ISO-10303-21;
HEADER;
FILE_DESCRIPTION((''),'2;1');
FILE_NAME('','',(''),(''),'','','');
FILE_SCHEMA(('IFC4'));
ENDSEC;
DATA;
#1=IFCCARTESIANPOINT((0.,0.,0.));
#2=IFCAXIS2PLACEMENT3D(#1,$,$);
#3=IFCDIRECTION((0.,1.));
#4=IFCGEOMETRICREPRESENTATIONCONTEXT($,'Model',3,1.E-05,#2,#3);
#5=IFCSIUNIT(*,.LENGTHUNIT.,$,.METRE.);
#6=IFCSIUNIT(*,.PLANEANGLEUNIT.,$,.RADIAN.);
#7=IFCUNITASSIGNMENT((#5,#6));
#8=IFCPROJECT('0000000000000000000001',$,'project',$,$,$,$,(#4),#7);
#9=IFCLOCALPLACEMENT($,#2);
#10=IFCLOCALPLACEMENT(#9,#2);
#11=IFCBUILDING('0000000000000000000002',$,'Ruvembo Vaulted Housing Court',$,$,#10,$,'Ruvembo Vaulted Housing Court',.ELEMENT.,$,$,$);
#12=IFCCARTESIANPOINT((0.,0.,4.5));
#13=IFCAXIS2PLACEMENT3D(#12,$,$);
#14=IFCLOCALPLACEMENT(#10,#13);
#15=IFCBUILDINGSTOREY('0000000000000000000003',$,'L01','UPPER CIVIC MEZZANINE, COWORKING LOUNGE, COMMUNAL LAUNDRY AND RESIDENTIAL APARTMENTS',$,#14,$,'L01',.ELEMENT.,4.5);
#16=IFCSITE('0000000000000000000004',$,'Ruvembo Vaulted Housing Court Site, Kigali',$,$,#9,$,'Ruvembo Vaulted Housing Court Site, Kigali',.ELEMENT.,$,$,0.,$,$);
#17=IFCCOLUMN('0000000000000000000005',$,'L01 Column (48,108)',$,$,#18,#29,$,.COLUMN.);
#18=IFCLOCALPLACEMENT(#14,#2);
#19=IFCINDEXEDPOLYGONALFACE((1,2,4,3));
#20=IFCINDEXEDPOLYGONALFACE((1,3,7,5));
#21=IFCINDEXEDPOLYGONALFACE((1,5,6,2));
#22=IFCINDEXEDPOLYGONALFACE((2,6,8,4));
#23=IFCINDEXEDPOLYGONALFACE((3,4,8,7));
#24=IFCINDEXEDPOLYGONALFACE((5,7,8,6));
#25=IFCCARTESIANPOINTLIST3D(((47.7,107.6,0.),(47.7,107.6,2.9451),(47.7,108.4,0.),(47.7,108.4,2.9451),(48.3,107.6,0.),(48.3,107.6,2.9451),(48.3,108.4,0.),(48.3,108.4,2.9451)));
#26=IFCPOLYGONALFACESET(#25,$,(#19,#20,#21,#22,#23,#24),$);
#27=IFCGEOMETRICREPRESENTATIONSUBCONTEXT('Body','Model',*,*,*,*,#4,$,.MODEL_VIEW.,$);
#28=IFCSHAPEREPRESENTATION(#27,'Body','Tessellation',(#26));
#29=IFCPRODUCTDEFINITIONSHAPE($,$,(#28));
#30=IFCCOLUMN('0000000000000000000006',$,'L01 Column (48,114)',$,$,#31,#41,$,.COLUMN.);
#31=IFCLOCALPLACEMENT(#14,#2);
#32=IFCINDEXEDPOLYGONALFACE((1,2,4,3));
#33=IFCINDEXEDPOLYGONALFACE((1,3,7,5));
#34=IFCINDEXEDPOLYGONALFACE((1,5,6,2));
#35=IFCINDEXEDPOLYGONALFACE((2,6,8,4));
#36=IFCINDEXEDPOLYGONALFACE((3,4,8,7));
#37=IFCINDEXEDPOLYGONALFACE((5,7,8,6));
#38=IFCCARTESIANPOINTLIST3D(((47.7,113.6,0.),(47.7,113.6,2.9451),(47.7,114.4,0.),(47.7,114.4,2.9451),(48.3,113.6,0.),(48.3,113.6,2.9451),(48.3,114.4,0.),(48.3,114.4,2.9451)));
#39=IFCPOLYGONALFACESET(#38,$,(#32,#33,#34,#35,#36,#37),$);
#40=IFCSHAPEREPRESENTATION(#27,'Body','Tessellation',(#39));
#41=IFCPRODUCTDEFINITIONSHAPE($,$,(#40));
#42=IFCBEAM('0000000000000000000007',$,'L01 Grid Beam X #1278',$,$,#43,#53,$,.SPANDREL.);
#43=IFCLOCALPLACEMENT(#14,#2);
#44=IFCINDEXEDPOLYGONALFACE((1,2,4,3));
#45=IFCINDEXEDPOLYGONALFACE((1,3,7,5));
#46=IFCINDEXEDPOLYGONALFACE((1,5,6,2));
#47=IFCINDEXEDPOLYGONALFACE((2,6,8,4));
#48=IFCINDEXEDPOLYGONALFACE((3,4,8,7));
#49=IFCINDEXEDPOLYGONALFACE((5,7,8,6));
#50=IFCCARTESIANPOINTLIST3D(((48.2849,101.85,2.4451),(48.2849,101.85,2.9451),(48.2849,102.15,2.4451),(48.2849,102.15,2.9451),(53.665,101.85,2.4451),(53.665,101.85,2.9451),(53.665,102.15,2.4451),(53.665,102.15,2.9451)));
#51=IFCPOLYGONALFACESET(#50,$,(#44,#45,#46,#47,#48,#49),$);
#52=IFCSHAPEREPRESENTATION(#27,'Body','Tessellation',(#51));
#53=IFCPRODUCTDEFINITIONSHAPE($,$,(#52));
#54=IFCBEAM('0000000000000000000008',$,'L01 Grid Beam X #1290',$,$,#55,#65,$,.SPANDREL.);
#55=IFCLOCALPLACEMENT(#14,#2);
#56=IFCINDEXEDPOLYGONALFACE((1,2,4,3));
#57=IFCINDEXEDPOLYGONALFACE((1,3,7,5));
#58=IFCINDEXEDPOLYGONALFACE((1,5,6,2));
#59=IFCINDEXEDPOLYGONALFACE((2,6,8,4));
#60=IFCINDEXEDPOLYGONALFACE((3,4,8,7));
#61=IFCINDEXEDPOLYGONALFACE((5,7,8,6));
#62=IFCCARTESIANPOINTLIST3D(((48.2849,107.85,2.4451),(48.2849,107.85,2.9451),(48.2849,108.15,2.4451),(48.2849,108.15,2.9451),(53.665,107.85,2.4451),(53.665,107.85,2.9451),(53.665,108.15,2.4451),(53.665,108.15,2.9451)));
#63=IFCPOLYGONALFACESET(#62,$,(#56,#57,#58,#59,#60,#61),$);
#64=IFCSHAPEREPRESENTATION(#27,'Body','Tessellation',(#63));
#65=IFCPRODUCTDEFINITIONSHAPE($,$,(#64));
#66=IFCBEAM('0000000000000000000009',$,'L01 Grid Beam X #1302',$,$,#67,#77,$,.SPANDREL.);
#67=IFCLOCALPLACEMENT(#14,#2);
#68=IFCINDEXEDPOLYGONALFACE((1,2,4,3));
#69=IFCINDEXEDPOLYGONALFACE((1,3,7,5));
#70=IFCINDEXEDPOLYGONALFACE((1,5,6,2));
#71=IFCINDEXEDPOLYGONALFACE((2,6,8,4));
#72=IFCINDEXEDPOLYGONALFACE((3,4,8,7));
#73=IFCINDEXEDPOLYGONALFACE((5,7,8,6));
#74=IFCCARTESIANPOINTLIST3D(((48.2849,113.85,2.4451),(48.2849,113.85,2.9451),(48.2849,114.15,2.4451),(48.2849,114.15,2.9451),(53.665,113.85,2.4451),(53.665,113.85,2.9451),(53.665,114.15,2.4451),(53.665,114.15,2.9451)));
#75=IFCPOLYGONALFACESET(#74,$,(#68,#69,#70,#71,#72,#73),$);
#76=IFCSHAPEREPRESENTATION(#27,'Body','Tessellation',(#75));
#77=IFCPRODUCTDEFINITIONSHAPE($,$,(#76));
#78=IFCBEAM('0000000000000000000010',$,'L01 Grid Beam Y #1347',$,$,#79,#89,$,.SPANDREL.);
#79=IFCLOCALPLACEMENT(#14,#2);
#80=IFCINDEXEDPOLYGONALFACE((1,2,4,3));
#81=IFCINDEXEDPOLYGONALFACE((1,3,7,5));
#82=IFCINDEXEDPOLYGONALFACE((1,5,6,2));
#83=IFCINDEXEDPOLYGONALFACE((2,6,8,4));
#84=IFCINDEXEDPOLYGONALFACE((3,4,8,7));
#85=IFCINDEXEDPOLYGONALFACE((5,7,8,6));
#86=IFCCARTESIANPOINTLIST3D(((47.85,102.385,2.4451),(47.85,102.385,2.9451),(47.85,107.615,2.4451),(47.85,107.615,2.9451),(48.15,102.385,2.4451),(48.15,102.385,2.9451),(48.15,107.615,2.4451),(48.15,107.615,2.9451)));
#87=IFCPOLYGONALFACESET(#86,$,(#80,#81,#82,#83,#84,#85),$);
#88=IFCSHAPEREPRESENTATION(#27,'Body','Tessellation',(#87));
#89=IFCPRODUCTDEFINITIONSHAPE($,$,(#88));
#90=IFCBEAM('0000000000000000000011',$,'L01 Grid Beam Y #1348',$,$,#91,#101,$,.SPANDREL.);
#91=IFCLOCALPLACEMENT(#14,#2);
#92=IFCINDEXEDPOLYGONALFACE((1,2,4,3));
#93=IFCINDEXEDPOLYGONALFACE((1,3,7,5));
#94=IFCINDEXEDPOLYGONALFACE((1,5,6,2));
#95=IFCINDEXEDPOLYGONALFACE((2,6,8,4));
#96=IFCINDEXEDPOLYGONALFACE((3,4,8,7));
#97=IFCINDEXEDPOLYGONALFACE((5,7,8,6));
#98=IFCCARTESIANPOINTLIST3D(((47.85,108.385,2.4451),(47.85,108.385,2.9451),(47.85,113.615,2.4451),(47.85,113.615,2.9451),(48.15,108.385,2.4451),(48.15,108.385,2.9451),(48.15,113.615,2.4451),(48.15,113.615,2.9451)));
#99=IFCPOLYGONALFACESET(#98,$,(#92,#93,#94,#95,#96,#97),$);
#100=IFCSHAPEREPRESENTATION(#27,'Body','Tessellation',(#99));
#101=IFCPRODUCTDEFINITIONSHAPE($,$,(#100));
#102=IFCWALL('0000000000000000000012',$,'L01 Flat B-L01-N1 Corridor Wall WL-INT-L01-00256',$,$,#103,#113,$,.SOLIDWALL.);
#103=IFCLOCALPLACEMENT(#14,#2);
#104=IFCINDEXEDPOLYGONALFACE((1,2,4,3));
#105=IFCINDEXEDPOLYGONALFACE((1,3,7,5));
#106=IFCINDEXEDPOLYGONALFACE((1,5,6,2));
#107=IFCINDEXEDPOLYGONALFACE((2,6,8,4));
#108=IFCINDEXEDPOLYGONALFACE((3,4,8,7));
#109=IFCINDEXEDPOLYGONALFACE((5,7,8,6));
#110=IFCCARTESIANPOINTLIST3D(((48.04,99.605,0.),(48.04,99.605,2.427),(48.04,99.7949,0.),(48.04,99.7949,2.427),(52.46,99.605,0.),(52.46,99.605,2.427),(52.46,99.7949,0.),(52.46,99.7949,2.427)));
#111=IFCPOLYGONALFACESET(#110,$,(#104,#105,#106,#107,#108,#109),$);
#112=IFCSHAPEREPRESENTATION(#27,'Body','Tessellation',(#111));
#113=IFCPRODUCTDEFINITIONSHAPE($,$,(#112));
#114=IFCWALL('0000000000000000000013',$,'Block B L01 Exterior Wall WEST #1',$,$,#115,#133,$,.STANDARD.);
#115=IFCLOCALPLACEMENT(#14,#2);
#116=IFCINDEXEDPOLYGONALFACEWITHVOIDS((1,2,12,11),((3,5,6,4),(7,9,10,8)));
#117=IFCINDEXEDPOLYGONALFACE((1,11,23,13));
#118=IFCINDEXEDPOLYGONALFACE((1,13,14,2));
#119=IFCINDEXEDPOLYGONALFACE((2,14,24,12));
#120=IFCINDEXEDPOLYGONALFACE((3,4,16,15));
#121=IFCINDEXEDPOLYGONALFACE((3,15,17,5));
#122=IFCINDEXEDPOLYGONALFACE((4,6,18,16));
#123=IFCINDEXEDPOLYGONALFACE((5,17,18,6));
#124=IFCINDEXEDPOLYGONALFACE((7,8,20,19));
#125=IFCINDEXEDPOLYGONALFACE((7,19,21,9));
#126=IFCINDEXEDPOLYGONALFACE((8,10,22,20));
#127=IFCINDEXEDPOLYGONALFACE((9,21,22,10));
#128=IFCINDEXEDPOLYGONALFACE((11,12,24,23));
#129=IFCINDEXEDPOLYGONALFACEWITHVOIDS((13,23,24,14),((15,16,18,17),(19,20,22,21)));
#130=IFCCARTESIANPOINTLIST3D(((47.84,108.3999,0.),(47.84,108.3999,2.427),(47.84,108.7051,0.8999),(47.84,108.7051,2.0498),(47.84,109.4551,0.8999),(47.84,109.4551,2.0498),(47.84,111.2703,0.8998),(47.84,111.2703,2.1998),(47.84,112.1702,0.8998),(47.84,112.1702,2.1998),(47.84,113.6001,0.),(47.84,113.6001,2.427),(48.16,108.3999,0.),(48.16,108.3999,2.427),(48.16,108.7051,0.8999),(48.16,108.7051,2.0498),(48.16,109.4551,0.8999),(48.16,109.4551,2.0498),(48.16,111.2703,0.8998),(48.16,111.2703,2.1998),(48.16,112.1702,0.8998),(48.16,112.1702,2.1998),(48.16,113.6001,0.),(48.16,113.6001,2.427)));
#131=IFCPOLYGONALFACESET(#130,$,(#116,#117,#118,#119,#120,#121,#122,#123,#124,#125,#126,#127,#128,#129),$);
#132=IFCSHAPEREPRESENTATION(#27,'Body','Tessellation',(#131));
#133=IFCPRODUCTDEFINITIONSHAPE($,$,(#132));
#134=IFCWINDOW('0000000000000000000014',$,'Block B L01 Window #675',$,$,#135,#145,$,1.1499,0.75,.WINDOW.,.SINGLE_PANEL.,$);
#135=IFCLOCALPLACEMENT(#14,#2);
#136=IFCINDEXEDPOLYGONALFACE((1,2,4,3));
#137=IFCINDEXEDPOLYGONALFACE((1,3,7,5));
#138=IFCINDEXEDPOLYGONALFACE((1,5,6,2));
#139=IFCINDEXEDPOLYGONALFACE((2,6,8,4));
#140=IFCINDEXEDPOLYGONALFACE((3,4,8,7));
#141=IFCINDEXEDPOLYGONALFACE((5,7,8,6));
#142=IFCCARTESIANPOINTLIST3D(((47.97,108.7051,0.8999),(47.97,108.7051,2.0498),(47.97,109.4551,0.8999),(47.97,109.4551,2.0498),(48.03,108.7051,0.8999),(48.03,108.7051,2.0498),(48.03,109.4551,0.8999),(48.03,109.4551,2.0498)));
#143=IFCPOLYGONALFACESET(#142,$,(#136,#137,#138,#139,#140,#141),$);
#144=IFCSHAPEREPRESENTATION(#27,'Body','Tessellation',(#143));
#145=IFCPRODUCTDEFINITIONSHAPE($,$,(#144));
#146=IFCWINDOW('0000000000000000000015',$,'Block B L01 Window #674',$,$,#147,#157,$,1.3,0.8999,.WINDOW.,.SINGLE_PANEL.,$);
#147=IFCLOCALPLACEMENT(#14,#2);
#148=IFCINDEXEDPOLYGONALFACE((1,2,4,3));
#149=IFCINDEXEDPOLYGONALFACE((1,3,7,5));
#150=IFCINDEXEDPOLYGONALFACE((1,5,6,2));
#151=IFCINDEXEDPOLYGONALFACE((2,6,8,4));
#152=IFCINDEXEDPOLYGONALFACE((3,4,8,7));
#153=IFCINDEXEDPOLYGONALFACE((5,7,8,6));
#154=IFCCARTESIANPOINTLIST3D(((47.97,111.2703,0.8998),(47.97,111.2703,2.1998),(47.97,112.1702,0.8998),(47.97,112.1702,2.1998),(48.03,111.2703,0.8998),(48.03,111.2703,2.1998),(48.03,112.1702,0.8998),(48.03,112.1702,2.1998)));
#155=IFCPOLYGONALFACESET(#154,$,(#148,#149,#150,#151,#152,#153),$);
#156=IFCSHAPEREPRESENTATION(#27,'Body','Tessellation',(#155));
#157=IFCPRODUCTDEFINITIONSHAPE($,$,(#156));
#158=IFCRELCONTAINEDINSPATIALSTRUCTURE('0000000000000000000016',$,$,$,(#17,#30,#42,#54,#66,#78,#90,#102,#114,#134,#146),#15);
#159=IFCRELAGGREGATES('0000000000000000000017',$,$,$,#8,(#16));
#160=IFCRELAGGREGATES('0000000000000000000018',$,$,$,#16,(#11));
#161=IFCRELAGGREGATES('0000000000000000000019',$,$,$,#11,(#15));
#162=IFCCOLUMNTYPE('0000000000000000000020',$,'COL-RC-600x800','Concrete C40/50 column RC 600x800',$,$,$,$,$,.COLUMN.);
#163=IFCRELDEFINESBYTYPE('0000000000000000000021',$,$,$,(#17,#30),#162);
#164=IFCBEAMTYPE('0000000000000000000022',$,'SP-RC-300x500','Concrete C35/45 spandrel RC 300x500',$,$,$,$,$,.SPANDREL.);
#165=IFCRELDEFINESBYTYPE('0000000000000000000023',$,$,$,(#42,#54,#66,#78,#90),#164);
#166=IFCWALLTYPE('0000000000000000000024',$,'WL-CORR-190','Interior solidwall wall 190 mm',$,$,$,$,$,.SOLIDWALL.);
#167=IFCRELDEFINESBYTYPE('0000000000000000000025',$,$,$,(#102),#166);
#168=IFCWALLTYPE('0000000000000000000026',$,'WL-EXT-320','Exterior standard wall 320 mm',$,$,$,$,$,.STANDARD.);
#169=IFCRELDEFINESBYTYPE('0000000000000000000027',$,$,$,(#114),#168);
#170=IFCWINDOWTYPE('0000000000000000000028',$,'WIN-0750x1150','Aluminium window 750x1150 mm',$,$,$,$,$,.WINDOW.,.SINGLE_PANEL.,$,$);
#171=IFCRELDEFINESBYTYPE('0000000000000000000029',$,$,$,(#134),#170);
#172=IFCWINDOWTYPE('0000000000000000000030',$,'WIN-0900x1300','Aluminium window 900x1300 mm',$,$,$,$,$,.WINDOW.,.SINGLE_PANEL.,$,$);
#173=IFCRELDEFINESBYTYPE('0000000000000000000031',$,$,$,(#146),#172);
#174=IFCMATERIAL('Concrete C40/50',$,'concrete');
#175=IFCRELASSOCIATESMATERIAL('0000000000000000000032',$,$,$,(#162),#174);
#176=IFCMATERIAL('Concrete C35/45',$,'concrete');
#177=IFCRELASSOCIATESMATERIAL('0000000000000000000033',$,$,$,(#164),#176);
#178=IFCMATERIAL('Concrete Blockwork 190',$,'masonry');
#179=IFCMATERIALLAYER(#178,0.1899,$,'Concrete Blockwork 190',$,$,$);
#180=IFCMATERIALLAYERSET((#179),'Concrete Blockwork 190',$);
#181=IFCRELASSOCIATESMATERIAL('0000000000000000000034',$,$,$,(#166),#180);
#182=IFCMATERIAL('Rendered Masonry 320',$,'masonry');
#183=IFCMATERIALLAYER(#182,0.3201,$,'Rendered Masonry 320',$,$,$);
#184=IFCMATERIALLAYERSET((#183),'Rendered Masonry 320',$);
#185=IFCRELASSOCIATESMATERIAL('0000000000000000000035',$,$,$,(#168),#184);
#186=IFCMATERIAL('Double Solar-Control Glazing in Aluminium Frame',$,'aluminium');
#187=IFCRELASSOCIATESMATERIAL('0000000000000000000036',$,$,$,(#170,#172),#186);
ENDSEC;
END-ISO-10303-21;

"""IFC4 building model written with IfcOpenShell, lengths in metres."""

from ifc_helpers import new_model, si_unit, direction, frame, frame_2d, origin, origin_2d, place, context, subcontext, project, spatial, rectangle, extrude, material, layer, layer_set, material_profile, profile_set, type_object, element, fill, save


model = new_model("IFC4")

# Units and contexts
model_context = context("Model", 3, precision=1e-05, world=origin(), true_north=direction((0.0, 1.0)))
body_context = subcontext(model_context, "Body", "Model", "MODEL_VIEW")
ifc_project = project(units=[si_unit("LENGTHUNIT", "METRE"), si_unit("PLANEANGLEUNIT", "RADIAN")], contexts=[model_context])

# Site, building, storey
site_placement = place(None, origin())
site = spatial("IfcSite", under=ifc_project, at=site_placement, Name="Ruvembo Vaulted Housing Court Site, Kigali", LongName="Ruvembo Vaulted Housing Court Site, Kigali", CompositionType="ELEMENT", RefElevation=0.0)
building_placement = place(site_placement, origin())
building = spatial("IfcBuilding", under=site, at=building_placement, Name="Ruvembo Vaulted Housing Court", LongName="Ruvembo Vaulted Housing Court", CompositionType="ELEMENT")
storey_placement = place(building_placement, frame((0.0, 0.0, 4.5)))
storey = spatial("IfcBuildingStorey", under=building, at=storey_placement, Name="L01", Description="UPPER CIVIC MEZZANINE, COWORKING LOUNGE, COMMUNAL LAUNDRY AND RESIDENTIAL APARTMENTS", LongName="L01", CompositionType="ELEMENT", Elevation=4.5)

# Columns
ifc_material_1 = material(Name="Concrete C40/50", Category="concrete")
ifc_material_profile_1 = material_profile(ifc_material_1, rectangle(XDim=0.6001, YDim=0.8, at=origin_2d()), Name="RC 600x800")
ifc_profile_set_1 = profile_set([ifc_material_profile_1], Name="Concrete C40/50")
column_type = type_object("IfcColumnType", Name="COL-RC-600x800", Description="Concrete C40/50 column RC 600x800", PredefinedType="COLUMN", material=ifc_profile_set_1)
for number, where, z_axis, x_axis, name in (
    (1, (48.0, 108.0, 0.0), (0.0, 0.0, 1.0), (1.0, 0.0, 0.0), "L01 Column (48,108)"),
    (2, (48.0, 114.0, 0.0), (0.0, 0.0, 1.0), (1.0, 0.0, 0.0), "L01 Column (48,114)"),
):
    element("IfcColumn", number, at=place(storey_placement, frame(where, z_axis=z_axis, x_axis=x_axis)), inside=storey, type_object=column_type, Name=name, PredefinedType="COLUMN", context=body_context, shape_type="SweptSolid", body=[
        extrude(rectangle(XDim=0.6001, YDim=0.8, at=origin_2d()), origin(), (0.0, 0.0, 1.0), 2.9451),
    ])

# Beams
ifc_material_2 = material(Name="Concrete C35/45", Category="concrete")
ifc_material_profile_2 = material_profile(ifc_material_2, rectangle(XDim=0.3, YDim=0.5, at=origin_2d()), Name="RC 300x500")
ifc_profile_set_2 = profile_set([ifc_material_profile_2], Name="Concrete C35/45")
beam_type = type_object("IfcBeamType", Name="SP-RC-300x500", Description="Concrete C35/45 spandrel RC 300x500", PredefinedType="SPANDREL", material=ifc_profile_set_2)
for number, where, z_axis, x_axis, name in (
    (3, (48.2849, 102.0, 2.6951), (1.0, 0.0, 0.0), (0.0, 1.0, 0.0), "L01 Grid Beam X #1278"),
    (4, (48.2849, 108.0, 2.6951), (1.0, 0.0, 0.0), (0.0, 1.0, 0.0), "L01 Grid Beam X #1290"),
    (5, (48.2849, 114.0, 2.6951), (1.0, 0.0, 0.0), (0.0, 1.0, 0.0), "L01 Grid Beam X #1302"),
):
    element("IfcBeam", number, at=place(storey_placement, frame(where, z_axis=z_axis, x_axis=x_axis)), inside=storey, type_object=beam_type, Name=name, PredefinedType="SPANDREL", context=body_context, shape_type="SweptSolid", body=[
        extrude(rectangle(XDim=0.3, YDim=0.5, at=origin_2d()), origin(), (0.0, 0.0, 1.0), 5.3801),
    ])
for number, where, z_axis, x_axis, name in (
    (6, (48.0, 102.385, 2.6951), (0.0, 1.0, 0.0), (-1.0, 0.0, 0.0), "L01 Grid Beam Y #1347"),
    (7, (48.0, 108.385, 2.6951), (0.0, 1.0, 0.0), (-1.0, 0.0, 0.0), "L01 Grid Beam Y #1348"),
):
    element("IfcBeam", number, at=place(storey_placement, frame(where, z_axis=z_axis, x_axis=x_axis)), inside=storey, type_object=beam_type, Name=name, PredefinedType="SPANDREL", context=body_context, shape_type="SweptSolid", body=[
        extrude(rectangle(XDim=0.3, YDim=0.5, at=origin_2d()), origin(), (0.0, 0.0, 1.0), 5.23),
    ])

# Wall
ifc_material_3 = material(Name="Concrete Blockwork 190", Category="masonry")
ifc_layer_1 = layer(ifc_material_3, 0.1899, Name="Concrete Blockwork 190")
ifc_layer_set_1 = layer_set([ifc_layer_1], Name="Concrete Blockwork 190")
wall_type_1 = type_object("IfcWallType", Name="WL-CORR-190", Description="Interior solidwall wall 190 mm", PredefinedType="SOLIDWALL", material=ifc_layer_set_1)
wall_1_placement = place(storey_placement, frame((48.04, 99.7, 0.0), z_axis=(0.0, 0.0, 1.0), x_axis=(1.0, 0.0, 0.0)))
element("IfcWall", 8, at=wall_1_placement, inside=storey, type_object=wall_type_1, Name="L01 Flat B-L01-N1 Corridor Wall WL-INT-L01-00256", PredefinedType="SOLIDWALL", context=body_context, shape_type="SweptSolid", body=[
    extrude(rectangle(XDim=4.4199, YDim=0.1899, at=frame_2d((2.21, 0.0))), origin(), (0.0, 0.0, 1.0), 2.427),
])

# Wall, openings, windows
ifc_material_4 = material(Name="Rendered Masonry 320", Category="masonry")
ifc_layer_2 = layer(ifc_material_4, 0.3201, Name="Rendered Masonry 320")
ifc_layer_set_2 = layer_set([ifc_layer_2], Name="Rendered Masonry 320")
wall_type_2 = type_object("IfcWallType", Name="WL-EXT-320", Description="Exterior standard wall 320 mm", PredefinedType="STANDARD", material=ifc_layer_set_2)
wall_2_placement = place(storey_placement, frame((48.0, 113.6001, 0.0), z_axis=(0.0, 0.0, 1.0), x_axis=(0.0, -1.0, 0.0)))
wall_2 = element("IfcWall", 9, at=wall_2_placement, inside=storey, type_object=wall_type_2, Name="Block B L01 Exterior Wall WEST #1", PredefinedType="STANDARD", context=body_context, shape_type="SweptSolid", body=[
    extrude(rectangle(XDim=5.2002, YDim=0.3201, at=frame_2d((2.6001, 0.0))), origin(), (0.0, 0.0, 1.0), 2.427),
])
opening_1_placement = place(wall_2_placement, frame((1.4299, 0.0, 0.8999)))
opening_1 = element("IfcOpeningElement", 10, at=opening_1_placement, cuts=wall_2, PredefinedType="OPENING", context=body_context, shape_type="SweptSolid", body=[
    extrude(rectangle(XDim=0.8999, YDim=1.3, at=frame_2d((0.45, 0.6499))), frame((0.0, 0.1699, 0.0), z_axis=(0.0, -1.0, 0.0), x_axis=(1.0, 0.0, 0.0)), (0.0, 0.0, 1.0), 0.3401),
])
opening_2_placement = place(wall_2_placement, frame((4.145, 0.0, 0.8999)))
opening_2 = element("IfcOpeningElement", 11, at=opening_2_placement, cuts=wall_2, PredefinedType="OPENING", context=body_context, shape_type="SweptSolid", body=[
    extrude(rectangle(XDim=0.75, YDim=1.1499, at=frame_2d((0.375, 0.575))), frame((0.0, 0.1699, 0.0), z_axis=(0.0, -1.0, 0.0), x_axis=(1.0, 0.0, 0.0)), (0.0, 0.0, 1.0), 0.3401),
])
ifc_material_5 = material(Name="Double Solar-Control Glazing in Aluminium Frame", Category="aluminium")
window_type_1 = type_object("IfcWindowType", Name="WIN-0750x1150", Description="Aluminium window 750x1150 mm", PartitioningType="SINGLE_PANEL", PredefinedType="WINDOW", material=ifc_material_5)
window_1_placement = place(opening_2_placement, origin())
window_1 = element("IfcWindow", 12, at=window_1_placement, inside=storey, type_object=window_type_1, Name="Block B L01 Window #675", OverallHeight=1.1499, OverallWidth=0.75, PartitioningType="SINGLE_PANEL", PredefinedType="WINDOW", context=body_context, shape_type="SweptSolid", body=[
    extrude(rectangle(XDim=0.75, YDim=1.1499, at=frame_2d((0.375, 0.575))), frame((0.0, 0.03, 0.0), z_axis=(0.0, -1.0, 0.0), x_axis=(1.0, 0.0, 0.0)), (0.0, 0.0, 1.0), 0.0601),
])
fill(opening_2, window_1)
window_type_2 = type_object("IfcWindowType", Name="WIN-0900x1300", Description="Aluminium window 900x1300 mm", PartitioningType="SINGLE_PANEL", PredefinedType="WINDOW", material=ifc_material_5)
window_2_placement = place(opening_1_placement, origin())
window_2 = element("IfcWindow", 13, at=window_2_placement, inside=storey, type_object=window_type_2, Name="Block B L01 Window #674", OverallHeight=1.3, OverallWidth=0.8999, PartitioningType="SINGLE_PANEL", PredefinedType="WINDOW", context=body_context, shape_type="SweptSolid", body=[
    extrude(rectangle(XDim=0.8999, YDim=1.3, at=frame_2d((0.45, 0.6499))), frame((0.0, 0.03, 0.0), z_axis=(0.0, -1.0, 0.0), x_axis=(1.0, 0.0, 0.0)), (0.0, 0.0, 1.0), 0.0601),
])
fill(opening_1, window_2)

save(model, "model.ifc")
